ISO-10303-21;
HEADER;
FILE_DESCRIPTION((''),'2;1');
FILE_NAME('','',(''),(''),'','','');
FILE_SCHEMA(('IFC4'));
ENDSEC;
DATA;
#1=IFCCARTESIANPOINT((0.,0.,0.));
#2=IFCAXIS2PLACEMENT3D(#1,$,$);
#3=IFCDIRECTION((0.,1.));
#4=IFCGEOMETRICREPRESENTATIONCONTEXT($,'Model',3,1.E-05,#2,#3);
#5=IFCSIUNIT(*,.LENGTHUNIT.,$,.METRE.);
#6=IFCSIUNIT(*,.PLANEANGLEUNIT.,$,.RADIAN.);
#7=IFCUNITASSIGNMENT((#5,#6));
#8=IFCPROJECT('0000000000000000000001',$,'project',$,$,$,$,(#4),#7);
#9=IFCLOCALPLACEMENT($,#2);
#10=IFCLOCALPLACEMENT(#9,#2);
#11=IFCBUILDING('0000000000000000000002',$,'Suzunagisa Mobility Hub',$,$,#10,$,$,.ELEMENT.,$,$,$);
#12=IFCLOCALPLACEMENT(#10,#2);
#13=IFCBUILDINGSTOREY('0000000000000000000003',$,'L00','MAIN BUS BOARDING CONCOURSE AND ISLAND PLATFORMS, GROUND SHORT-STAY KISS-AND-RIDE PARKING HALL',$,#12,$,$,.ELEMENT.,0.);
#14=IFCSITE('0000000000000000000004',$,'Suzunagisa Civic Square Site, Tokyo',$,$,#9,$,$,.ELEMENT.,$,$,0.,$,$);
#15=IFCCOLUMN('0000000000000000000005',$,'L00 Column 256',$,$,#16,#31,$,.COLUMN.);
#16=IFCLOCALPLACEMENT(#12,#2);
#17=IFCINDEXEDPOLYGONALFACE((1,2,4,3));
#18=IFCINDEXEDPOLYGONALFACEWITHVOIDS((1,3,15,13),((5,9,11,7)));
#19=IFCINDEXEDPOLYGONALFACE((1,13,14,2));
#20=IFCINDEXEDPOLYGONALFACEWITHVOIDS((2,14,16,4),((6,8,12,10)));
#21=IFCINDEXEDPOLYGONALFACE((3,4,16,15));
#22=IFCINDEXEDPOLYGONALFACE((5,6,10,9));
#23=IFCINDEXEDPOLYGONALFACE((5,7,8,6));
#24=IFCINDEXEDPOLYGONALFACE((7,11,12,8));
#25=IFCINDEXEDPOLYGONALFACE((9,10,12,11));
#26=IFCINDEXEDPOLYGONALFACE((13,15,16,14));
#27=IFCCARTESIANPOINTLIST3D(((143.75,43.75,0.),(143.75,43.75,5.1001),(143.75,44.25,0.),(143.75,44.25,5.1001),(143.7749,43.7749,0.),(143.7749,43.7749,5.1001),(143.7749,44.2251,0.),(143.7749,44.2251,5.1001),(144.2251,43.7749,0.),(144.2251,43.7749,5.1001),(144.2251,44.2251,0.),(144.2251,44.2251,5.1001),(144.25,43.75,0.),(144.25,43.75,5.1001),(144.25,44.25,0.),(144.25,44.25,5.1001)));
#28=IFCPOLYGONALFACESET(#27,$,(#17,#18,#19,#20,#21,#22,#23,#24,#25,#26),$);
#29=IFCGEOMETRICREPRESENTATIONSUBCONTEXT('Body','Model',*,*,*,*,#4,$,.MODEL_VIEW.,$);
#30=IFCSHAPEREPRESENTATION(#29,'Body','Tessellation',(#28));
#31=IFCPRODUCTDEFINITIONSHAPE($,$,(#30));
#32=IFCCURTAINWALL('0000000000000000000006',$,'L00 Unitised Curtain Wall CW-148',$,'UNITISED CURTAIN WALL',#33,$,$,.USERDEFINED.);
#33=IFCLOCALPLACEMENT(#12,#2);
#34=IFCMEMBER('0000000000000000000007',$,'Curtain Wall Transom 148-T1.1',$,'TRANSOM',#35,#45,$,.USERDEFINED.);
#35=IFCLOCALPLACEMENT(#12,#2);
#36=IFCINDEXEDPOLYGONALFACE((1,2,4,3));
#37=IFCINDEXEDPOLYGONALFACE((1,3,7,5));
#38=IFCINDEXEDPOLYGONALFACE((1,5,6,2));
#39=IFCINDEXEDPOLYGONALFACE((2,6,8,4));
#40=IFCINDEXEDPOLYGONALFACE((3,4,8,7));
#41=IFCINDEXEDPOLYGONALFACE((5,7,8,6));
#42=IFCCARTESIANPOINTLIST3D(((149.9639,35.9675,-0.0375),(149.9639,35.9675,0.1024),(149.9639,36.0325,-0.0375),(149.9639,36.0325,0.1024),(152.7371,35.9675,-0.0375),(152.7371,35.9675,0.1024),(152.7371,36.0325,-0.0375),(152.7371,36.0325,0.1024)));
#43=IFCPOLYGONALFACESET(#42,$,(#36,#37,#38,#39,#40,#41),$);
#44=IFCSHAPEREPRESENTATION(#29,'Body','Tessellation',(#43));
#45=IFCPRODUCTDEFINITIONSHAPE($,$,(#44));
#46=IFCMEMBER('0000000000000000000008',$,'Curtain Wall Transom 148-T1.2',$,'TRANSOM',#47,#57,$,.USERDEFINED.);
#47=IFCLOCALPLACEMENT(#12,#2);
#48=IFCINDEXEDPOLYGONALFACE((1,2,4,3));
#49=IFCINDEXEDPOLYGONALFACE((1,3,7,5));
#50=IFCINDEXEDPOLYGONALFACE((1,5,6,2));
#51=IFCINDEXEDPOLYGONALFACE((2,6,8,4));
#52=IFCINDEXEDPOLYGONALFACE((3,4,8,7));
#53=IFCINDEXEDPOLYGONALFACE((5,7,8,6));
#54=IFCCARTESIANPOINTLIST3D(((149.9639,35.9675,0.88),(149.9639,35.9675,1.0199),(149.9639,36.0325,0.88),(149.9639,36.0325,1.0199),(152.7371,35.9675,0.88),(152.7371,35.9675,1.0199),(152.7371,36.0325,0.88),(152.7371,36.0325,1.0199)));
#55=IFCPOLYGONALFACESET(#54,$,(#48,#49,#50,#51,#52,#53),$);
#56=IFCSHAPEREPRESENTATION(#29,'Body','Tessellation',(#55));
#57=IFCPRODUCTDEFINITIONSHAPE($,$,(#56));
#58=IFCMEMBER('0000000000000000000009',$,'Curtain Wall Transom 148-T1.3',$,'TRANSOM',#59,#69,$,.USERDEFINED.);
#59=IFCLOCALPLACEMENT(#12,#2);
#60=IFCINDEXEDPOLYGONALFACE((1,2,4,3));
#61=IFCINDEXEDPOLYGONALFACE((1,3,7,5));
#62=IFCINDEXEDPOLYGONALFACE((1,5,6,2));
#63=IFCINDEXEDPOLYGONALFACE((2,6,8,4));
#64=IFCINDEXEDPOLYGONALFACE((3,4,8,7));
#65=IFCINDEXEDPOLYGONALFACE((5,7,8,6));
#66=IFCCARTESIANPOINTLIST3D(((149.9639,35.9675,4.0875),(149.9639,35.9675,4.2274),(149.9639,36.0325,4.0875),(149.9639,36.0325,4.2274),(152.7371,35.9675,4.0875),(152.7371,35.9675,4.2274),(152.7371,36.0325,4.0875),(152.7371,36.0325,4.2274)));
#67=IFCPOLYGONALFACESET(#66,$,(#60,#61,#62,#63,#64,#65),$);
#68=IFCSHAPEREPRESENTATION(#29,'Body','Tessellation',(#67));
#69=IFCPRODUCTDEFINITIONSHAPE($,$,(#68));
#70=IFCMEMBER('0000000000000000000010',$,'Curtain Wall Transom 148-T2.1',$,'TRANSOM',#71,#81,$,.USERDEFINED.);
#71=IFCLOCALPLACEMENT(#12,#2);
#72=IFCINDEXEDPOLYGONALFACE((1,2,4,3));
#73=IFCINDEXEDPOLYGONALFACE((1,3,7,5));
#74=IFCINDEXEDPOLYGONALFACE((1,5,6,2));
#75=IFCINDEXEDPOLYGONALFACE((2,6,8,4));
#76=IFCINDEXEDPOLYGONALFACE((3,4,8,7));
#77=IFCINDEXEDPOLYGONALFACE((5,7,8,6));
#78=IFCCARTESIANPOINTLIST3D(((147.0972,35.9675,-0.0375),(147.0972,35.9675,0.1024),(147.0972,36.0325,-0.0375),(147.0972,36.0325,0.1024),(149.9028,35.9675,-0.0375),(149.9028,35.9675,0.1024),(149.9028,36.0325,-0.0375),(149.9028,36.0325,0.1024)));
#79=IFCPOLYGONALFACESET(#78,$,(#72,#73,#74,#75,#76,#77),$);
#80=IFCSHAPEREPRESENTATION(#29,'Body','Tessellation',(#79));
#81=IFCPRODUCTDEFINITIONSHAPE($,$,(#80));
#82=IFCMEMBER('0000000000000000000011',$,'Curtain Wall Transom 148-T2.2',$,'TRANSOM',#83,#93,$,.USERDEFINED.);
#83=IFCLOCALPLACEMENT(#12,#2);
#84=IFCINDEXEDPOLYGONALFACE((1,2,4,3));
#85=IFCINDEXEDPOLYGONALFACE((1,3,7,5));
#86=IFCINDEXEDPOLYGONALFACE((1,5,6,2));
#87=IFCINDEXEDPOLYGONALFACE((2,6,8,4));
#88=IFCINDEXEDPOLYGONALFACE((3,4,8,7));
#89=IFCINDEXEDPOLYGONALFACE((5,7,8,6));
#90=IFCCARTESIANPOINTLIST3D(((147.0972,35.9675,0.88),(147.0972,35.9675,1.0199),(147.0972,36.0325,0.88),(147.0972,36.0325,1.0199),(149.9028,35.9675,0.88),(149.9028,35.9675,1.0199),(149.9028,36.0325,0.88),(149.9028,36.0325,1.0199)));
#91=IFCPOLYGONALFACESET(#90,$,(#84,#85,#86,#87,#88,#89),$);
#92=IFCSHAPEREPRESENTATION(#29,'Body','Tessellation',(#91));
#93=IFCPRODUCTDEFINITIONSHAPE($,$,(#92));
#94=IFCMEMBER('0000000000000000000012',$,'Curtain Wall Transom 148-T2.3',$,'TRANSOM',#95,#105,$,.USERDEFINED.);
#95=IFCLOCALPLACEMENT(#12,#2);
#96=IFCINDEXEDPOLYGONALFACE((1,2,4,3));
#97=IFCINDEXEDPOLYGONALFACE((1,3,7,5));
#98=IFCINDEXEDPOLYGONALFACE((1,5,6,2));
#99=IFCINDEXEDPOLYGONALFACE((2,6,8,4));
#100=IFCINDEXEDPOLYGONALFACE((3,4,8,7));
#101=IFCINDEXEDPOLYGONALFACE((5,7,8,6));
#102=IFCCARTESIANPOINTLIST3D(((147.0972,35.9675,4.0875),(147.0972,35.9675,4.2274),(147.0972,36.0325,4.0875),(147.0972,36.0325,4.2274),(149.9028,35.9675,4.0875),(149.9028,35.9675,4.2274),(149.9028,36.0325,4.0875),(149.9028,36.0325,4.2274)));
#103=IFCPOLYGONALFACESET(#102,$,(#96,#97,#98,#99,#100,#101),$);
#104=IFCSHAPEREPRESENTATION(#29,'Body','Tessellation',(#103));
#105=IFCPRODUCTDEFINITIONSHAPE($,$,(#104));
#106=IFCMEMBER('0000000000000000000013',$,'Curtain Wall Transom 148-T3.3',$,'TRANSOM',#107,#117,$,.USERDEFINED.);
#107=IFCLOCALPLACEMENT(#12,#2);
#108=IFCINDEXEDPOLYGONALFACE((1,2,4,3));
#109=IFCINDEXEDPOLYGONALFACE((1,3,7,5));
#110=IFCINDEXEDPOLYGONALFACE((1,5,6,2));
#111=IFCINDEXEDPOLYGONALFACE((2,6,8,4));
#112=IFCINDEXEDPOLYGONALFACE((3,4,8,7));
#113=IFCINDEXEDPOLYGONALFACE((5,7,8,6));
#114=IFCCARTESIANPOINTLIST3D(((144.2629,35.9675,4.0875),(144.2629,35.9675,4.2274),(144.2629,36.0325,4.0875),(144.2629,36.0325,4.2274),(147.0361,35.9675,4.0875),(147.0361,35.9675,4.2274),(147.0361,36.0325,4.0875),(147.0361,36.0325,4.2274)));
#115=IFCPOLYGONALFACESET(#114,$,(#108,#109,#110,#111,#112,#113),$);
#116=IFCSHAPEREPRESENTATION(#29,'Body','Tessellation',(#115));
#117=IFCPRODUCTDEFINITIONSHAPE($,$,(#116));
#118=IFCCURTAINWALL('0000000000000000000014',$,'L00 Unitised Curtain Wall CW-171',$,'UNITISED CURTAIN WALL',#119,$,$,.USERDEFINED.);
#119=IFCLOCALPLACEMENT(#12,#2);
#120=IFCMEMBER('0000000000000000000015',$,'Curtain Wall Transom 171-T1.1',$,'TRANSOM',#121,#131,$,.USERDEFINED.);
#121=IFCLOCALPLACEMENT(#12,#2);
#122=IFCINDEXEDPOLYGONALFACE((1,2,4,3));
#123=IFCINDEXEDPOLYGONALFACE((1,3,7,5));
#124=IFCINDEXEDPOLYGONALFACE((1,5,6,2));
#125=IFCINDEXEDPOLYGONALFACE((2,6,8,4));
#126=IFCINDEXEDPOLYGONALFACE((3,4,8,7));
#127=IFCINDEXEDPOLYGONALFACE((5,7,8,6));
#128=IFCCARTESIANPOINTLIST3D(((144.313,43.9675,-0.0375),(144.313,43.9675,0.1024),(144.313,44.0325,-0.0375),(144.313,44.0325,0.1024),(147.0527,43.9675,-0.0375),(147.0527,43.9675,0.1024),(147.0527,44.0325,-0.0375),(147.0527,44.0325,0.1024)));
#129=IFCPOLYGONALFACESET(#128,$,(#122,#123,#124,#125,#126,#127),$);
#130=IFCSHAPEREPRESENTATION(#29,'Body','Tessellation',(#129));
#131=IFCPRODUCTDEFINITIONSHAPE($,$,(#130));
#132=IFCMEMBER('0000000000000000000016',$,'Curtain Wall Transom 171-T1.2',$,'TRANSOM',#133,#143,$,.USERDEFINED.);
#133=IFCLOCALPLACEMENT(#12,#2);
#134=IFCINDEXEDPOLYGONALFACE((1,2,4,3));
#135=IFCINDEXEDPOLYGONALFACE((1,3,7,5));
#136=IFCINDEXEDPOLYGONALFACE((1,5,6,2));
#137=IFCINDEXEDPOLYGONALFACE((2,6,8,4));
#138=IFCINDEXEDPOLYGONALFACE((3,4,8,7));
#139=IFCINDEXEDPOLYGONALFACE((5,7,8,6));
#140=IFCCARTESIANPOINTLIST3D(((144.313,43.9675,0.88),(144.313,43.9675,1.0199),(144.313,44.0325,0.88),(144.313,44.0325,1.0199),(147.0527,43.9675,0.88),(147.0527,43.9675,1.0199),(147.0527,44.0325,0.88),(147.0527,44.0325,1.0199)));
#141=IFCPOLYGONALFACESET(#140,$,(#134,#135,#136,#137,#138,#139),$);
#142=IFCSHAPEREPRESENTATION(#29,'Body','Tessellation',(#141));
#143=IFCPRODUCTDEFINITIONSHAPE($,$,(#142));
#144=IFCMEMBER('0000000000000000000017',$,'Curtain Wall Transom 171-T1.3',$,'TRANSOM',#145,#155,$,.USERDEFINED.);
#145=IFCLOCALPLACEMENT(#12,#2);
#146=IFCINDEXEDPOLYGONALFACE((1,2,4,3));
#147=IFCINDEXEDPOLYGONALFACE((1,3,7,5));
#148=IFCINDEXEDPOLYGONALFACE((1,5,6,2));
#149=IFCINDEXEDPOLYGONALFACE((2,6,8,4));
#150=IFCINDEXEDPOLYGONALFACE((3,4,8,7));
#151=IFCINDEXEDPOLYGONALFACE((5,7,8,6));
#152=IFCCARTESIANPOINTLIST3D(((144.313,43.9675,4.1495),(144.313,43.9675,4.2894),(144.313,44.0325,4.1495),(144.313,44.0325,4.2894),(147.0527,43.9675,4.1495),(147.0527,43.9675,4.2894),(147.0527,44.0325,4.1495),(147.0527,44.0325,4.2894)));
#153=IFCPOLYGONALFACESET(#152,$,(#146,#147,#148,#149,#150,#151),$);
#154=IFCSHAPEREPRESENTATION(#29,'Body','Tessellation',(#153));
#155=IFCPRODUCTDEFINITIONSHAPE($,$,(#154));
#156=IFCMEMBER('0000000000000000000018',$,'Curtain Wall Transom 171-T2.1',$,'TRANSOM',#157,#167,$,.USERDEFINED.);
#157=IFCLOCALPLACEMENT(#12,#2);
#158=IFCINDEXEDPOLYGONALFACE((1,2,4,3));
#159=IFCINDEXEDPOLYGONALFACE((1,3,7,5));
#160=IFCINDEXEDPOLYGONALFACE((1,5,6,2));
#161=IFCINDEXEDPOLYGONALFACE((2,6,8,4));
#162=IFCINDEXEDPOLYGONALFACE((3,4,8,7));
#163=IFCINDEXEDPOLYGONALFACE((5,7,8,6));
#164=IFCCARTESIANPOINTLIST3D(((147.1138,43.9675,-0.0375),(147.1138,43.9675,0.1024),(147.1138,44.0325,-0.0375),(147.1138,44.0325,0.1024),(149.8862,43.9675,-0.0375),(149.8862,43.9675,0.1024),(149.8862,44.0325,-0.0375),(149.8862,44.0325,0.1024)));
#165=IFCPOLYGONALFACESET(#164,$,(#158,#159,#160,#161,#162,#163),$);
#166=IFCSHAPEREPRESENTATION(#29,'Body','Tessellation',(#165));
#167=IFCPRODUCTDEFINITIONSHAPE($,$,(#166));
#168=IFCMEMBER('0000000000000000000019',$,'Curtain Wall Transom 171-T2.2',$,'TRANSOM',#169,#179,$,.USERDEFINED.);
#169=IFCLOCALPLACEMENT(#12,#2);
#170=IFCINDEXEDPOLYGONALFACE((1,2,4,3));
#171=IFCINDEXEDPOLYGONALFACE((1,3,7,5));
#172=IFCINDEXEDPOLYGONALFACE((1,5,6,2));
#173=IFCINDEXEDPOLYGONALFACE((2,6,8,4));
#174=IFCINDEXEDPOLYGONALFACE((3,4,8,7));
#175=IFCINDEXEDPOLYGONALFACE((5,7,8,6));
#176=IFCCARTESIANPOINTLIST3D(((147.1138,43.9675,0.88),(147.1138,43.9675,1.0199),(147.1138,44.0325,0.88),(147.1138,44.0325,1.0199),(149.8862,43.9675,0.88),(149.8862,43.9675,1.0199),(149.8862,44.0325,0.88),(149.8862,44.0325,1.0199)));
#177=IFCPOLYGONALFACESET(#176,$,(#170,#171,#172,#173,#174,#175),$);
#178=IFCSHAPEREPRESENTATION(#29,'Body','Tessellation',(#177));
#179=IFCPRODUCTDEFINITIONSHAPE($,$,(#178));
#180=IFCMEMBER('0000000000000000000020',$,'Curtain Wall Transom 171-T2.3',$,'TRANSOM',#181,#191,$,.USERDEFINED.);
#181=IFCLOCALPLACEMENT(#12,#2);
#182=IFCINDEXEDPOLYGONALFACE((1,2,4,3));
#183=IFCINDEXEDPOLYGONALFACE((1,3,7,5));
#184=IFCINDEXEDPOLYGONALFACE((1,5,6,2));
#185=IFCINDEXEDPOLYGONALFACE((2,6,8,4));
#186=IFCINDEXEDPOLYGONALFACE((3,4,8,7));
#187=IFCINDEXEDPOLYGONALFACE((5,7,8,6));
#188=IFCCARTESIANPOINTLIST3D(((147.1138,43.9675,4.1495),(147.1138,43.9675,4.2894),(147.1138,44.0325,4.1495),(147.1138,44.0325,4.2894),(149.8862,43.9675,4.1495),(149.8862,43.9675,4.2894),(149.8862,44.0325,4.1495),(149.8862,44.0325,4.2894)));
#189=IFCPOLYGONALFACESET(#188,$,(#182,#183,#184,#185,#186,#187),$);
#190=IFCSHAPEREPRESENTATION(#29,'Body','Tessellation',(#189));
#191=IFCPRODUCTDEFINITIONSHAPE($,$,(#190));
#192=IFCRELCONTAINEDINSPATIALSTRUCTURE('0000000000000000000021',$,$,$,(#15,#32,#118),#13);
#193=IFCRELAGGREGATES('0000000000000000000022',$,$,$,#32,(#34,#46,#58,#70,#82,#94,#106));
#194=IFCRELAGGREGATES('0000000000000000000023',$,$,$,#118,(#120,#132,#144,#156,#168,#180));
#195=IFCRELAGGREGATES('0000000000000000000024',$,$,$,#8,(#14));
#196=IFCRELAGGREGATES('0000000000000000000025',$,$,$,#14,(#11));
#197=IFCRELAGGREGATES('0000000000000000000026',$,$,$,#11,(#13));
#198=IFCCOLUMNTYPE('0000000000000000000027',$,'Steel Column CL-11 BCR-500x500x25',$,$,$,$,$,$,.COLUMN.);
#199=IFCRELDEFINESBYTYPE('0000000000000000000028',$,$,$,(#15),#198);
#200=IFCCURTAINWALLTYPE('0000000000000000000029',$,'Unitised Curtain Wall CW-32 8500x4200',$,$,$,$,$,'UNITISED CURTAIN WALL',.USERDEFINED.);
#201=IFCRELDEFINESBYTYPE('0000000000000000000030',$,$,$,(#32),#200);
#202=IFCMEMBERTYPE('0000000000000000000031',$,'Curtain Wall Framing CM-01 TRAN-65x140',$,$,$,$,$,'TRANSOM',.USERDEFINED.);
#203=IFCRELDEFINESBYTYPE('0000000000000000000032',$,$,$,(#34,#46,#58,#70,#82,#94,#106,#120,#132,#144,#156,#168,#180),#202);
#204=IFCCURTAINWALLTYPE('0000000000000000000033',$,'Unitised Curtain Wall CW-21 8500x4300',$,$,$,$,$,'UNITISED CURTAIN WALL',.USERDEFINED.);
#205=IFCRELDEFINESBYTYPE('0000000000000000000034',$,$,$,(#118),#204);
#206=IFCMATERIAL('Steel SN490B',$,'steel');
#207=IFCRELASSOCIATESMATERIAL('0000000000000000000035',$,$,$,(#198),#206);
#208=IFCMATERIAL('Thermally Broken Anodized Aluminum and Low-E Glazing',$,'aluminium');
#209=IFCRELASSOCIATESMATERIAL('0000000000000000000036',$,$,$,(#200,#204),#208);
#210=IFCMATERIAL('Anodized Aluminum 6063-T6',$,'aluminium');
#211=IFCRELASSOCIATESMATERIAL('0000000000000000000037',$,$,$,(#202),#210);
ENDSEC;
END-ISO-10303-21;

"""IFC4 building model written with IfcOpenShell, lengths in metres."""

from ifc_helpers import new_model, si_unit, direction, frame, origin, origin_2d, place, context, subcontext, project, spatial, rectangle, hollow_rectangle, extrude, material, material_profile, profile_set, type_object, element, aggregate, save


model = new_model("IFC4")

# Units and contexts
model_context = context("Model", 3, precision=1e-05, world=origin(), true_north=direction((0.0, 1.0)))
body_context = subcontext(model_context, "Body", "Model", "MODEL_VIEW")
ifc_project = project(units=[si_unit("LENGTHUNIT", "METRE"), si_unit("PLANEANGLEUNIT", "RADIAN")], contexts=[model_context])

# Site, building, storey
site_placement = place(None, origin())
site = spatial("IfcSite", under=ifc_project, at=site_placement, Name="Suzunagisa Civic Square Site, Tokyo", CompositionType="ELEMENT", RefElevation=0.0)
building_placement = place(site_placement, origin())
building = spatial("IfcBuilding", under=site, at=building_placement, Name="Suzunagisa Mobility Hub", CompositionType="ELEMENT")
storey_placement = place(building_placement, origin())
storey = spatial("IfcBuildingStorey", under=building, at=storey_placement, Name="L00", Description="MAIN BUS BOARDING CONCOURSE AND ISLAND PLATFORMS, GROUND SHORT-STAY KISS-AND-RIDE PARKING HALL", CompositionType="ELEMENT", Elevation=0.0)

# Column
ifc_material_1 = material(Name="Steel SN490B", Category="steel")
ifc_material_profile_1 = material_profile(ifc_material_1, hollow_rectangle(XDim=0.5, YDim=0.5, WallThickness=0.0249, at=origin_2d()), Name="BCR-500x500x25")
ifc_profile_set_1 = profile_set([ifc_material_profile_1], Name="Steel SN490B")
column_type = type_object("IfcColumnType", Name="Steel Column CL-11 BCR-500x500x25", PredefinedType="COLUMN", material=ifc_profile_set_1)
column_placement = place(storey_placement, frame((144.0, 44.0, 0.0), z_axis=(0.0, 0.0, 1.0), x_axis=(1.0, 0.0, 0.0)))
element("IfcColumn", 1, at=column_placement, inside=storey, type_object=column_type, Name="L00 Column 256", PredefinedType="COLUMN", context=body_context, shape_type="SweptSolid", body=[
    extrude(hollow_rectangle(XDim=0.5, YDim=0.5, WallThickness=0.0249, at=origin_2d()), origin(), (0.0, 0.0, 1.0), 5.1001),
])

# Curtain walls, members
ifc_material_2 = material(Name="Thermally Broken Anodized Aluminum and Low-E Glazing", Category="aluminium")
curtain_wall_type_1 = type_object("IfcCurtainWallType", Name="Unitised Curtain Wall CW-32 8500x4200", ElementType="UNITISED CURTAIN WALL", PredefinedType="USERDEFINED", material=ifc_material_2)
curtain_wall_1_placement = place(storey_placement, origin())
curtain_wall_1 = element("IfcCurtainWall", 2, at=curtain_wall_1_placement, inside=storey, type_object=curtain_wall_type_1, Name="L00 Unitised Curtain Wall CW-148", ObjectType="UNITISED CURTAIN WALL", PredefinedType="USERDEFINED")
ifc_material_3 = material(Name="Anodized Aluminum 6063-T6", Category="aluminium")
ifc_material_profile_2 = material_profile(ifc_material_3, rectangle(XDim=0.0649, YDim=0.1399, at=origin_2d()), Name="TRAN-65x140")
ifc_profile_set_2 = profile_set([ifc_material_profile_2], Name="Anodized Aluminum 6063-T6")
member_type_1 = type_object("IfcMemberType", Name="Curtain Wall Framing CM-01 TRAN-65x140", ElementType="TRANSOM", PredefinedType="USERDEFINED", material=ifc_profile_set_2)
member_1_placement = place(storey_placement, frame((152.7371, 36.0, 0.0325), z_axis=(-1.0, 0.0, 0.0), x_axis=(0.0, -1.0, 0.0)))
member_1 = element("IfcMember", 3, at=member_1_placement, type_object=member_type_1, Name="Curtain Wall Transom 148-T1.1", ObjectType="TRANSOM", PredefinedType="USERDEFINED", context=body_context, shape_type="SweptSolid", body=[
    extrude(rectangle(XDim=0.0649, YDim=0.1399, at=origin_2d()), origin(), (0.0, 0.0, 1.0), 2.7732),
])
member_2_placement = place(storey_placement, frame((152.7371, 36.0, 0.95), z_axis=(-1.0, 0.0, 0.0), x_axis=(0.0, -1.0, 0.0)))
member_2 = element("IfcMember", 4, at=member_2_placement, type_object=member_type_1, Name="Curtain Wall Transom 148-T1.2", ObjectType="TRANSOM", PredefinedType="USERDEFINED", context=body_context, shape_type="SweptSolid", body=[
    extrude(rectangle(XDim=0.0649, YDim=0.1399, at=origin_2d()), origin(), (0.0, 0.0, 1.0), 2.7732),
])
member_3_placement = place(storey_placement, frame((152.7371, 36.0, 4.1575), z_axis=(-1.0, 0.0, 0.0), x_axis=(0.0, -1.0, 0.0)))
member_3 = element("IfcMember", 5, at=member_3_placement, type_object=member_type_1, Name="Curtain Wall Transom 148-T1.3", ObjectType="TRANSOM", PredefinedType="USERDEFINED", context=body_context, shape_type="SweptSolid", body=[
    extrude(rectangle(XDim=0.0649, YDim=0.1399, at=origin_2d()), origin(), (0.0, 0.0, 1.0), 2.7732),
])
member_4_placement = place(storey_placement, frame((149.9028, 36.0, 0.0325), z_axis=(-1.0, 0.0, 0.0), x_axis=(0.0, -1.0, 0.0)))
member_4 = element("IfcMember", 6, at=member_4_placement, type_object=member_type_1, Name="Curtain Wall Transom 148-T2.1", ObjectType="TRANSOM", PredefinedType="USERDEFINED", context=body_context, shape_type="SweptSolid", body=[
    extrude(rectangle(XDim=0.0649, YDim=0.1399, at=origin_2d()), origin(), (0.0, 0.0, 1.0), 2.8057),
])
member_5_placement = place(storey_placement, frame((149.9028, 36.0, 0.95), z_axis=(-1.0, 0.0, 0.0), x_axis=(0.0, -1.0, 0.0)))
member_5 = element("IfcMember", 7, at=member_5_placement, type_object=member_type_1, Name="Curtain Wall Transom 148-T2.2", ObjectType="TRANSOM", PredefinedType="USERDEFINED", context=body_context, shape_type="SweptSolid", body=[
    extrude(rectangle(XDim=0.0649, YDim=0.1399, at=origin_2d()), origin(), (0.0, 0.0, 1.0), 2.8057),
])
member_6_placement = place(storey_placement, frame((149.9028, 36.0, 4.1575), z_axis=(-1.0, 0.0, 0.0), x_axis=(0.0, -1.0, 0.0)))
member_6 = element("IfcMember", 8, at=member_6_placement, type_object=member_type_1, Name="Curtain Wall Transom 148-T2.3", ObjectType="TRANSOM", PredefinedType="USERDEFINED", context=body_context, shape_type="SweptSolid", body=[
    extrude(rectangle(XDim=0.0649, YDim=0.1399, at=origin_2d()), origin(), (0.0, 0.0, 1.0), 2.8057),
])
member_7_placement = place(storey_placement, frame((147.0361, 36.0, 4.1575), z_axis=(-1.0, 0.0, 0.0), x_axis=(0.0, -1.0, 0.0)))
member_7 = element("IfcMember", 9, at=member_7_placement, type_object=member_type_1, Name="Curtain Wall Transom 148-T3.3", ObjectType="TRANSOM", PredefinedType="USERDEFINED", context=body_context, shape_type="SweptSolid", body=[
    extrude(rectangle(XDim=0.0649, YDim=0.1399, at=origin_2d()), origin(), (0.0, 0.0, 1.0), 2.7732),
])
curtain_wall_type_2 = type_object("IfcCurtainWallType", Name="Unitised Curtain Wall CW-21 8500x4300", ElementType="UNITISED CURTAIN WALL", PredefinedType="USERDEFINED", material=ifc_material_2)
curtain_wall_2_placement = place(storey_placement, origin())
curtain_wall_2 = element("IfcCurtainWall", 10, at=curtain_wall_2_placement, inside=storey, type_object=curtain_wall_type_2, Name="L00 Unitised Curtain Wall CW-171", ObjectType="UNITISED CURTAIN WALL", PredefinedType="USERDEFINED")
member_8_placement = place(storey_placement, frame((144.313, 44.0, 0.0325), z_axis=(1.0, 0.0, 0.0), x_axis=(0.0, 1.0, 0.0)))
member_8 = element("IfcMember", 11, at=member_8_placement, type_object=member_type_1, Name="Curtain Wall Transom 171-T1.1", ObjectType="TRANSOM", PredefinedType="USERDEFINED", context=body_context, shape_type="SweptSolid", body=[
    extrude(rectangle(XDim=0.0649, YDim=0.1399, at=origin_2d()), origin(), (0.0, 0.0, 1.0), 2.7397),
])
member_9_placement = place(storey_placement, frame((144.313, 44.0, 0.95), z_axis=(1.0, 0.0, 0.0), x_axis=(0.0, 1.0, 0.0)))
member_9 = element("IfcMember", 12, at=member_9_placement, type_object=member_type_1, Name="Curtain Wall Transom 171-T1.2", ObjectType="TRANSOM", PredefinedType="USERDEFINED", context=body_context, shape_type="SweptSolid", body=[
    extrude(rectangle(XDim=0.0649, YDim=0.1399, at=origin_2d()), origin(), (0.0, 0.0, 1.0), 2.7397),
])
member_10_placement = place(storey_placement, frame((144.313, 44.0, 4.2195), z_axis=(1.0, 0.0, 0.0), x_axis=(0.0, 1.0, 0.0)))
member_10 = element("IfcMember", 13, at=member_10_placement, type_object=member_type_1, Name="Curtain Wall Transom 171-T1.3", ObjectType="TRANSOM", PredefinedType="USERDEFINED", context=body_context, shape_type="SweptSolid", body=[
    extrude(rectangle(XDim=0.0649, YDim=0.1399, at=origin_2d()), origin(), (0.0, 0.0, 1.0), 2.7397),
])
member_11_placement = place(storey_placement, frame((147.1138, 44.0, 0.0325), z_axis=(1.0, 0.0, 0.0), x_axis=(0.0, 1.0, 0.0)))
member_11 = element("IfcMember", 14, at=member_11_placement, type_object=member_type_1, Name="Curtain Wall Transom 171-T2.1", ObjectType="TRANSOM", PredefinedType="USERDEFINED", context=body_context, shape_type="SweptSolid", body=[
    extrude(rectangle(XDim=0.0649, YDim=0.1399, at=origin_2d()), origin(), (0.0, 0.0, 1.0), 2.7725),
])
member_12_placement = place(storey_placement, frame((147.1138, 44.0, 0.95), z_axis=(1.0, 0.0, 0.0), x_axis=(0.0, 1.0, 0.0)))
member_12 = element("IfcMember", 15, at=member_12_placement, type_object=member_type_1, Name="Curtain Wall Transom 171-T2.2", ObjectType="TRANSOM", PredefinedType="USERDEFINED", context=body_context, shape_type="SweptSolid", body=[
    extrude(rectangle(XDim=0.0649, YDim=0.1399, at=origin_2d()), origin(), (0.0, 0.0, 1.0), 2.7725),
])
member_13_placement = place(storey_placement, frame((147.1138, 44.0, 4.2195), z_axis=(1.0, 0.0, 0.0), x_axis=(0.0, 1.0, 0.0)))
member_13 = element("IfcMember", 16, at=member_13_placement, type_object=member_type_1, Name="Curtain Wall Transom 171-T2.3", ObjectType="TRANSOM", PredefinedType="USERDEFINED", context=body_context, shape_type="SweptSolid", body=[
    extrude(rectangle(XDim=0.0649, YDim=0.1399, at=origin_2d()), origin(), (0.0, 0.0, 1.0), 2.7725),
])

aggregate(curtain_wall_1, [member_1, member_2, member_3, member_4, member_5, member_6, member_7])
aggregate(curtain_wall_2, [member_8, member_9, member_10, member_11, member_12, member_13])

save(model, "model.ifc")
